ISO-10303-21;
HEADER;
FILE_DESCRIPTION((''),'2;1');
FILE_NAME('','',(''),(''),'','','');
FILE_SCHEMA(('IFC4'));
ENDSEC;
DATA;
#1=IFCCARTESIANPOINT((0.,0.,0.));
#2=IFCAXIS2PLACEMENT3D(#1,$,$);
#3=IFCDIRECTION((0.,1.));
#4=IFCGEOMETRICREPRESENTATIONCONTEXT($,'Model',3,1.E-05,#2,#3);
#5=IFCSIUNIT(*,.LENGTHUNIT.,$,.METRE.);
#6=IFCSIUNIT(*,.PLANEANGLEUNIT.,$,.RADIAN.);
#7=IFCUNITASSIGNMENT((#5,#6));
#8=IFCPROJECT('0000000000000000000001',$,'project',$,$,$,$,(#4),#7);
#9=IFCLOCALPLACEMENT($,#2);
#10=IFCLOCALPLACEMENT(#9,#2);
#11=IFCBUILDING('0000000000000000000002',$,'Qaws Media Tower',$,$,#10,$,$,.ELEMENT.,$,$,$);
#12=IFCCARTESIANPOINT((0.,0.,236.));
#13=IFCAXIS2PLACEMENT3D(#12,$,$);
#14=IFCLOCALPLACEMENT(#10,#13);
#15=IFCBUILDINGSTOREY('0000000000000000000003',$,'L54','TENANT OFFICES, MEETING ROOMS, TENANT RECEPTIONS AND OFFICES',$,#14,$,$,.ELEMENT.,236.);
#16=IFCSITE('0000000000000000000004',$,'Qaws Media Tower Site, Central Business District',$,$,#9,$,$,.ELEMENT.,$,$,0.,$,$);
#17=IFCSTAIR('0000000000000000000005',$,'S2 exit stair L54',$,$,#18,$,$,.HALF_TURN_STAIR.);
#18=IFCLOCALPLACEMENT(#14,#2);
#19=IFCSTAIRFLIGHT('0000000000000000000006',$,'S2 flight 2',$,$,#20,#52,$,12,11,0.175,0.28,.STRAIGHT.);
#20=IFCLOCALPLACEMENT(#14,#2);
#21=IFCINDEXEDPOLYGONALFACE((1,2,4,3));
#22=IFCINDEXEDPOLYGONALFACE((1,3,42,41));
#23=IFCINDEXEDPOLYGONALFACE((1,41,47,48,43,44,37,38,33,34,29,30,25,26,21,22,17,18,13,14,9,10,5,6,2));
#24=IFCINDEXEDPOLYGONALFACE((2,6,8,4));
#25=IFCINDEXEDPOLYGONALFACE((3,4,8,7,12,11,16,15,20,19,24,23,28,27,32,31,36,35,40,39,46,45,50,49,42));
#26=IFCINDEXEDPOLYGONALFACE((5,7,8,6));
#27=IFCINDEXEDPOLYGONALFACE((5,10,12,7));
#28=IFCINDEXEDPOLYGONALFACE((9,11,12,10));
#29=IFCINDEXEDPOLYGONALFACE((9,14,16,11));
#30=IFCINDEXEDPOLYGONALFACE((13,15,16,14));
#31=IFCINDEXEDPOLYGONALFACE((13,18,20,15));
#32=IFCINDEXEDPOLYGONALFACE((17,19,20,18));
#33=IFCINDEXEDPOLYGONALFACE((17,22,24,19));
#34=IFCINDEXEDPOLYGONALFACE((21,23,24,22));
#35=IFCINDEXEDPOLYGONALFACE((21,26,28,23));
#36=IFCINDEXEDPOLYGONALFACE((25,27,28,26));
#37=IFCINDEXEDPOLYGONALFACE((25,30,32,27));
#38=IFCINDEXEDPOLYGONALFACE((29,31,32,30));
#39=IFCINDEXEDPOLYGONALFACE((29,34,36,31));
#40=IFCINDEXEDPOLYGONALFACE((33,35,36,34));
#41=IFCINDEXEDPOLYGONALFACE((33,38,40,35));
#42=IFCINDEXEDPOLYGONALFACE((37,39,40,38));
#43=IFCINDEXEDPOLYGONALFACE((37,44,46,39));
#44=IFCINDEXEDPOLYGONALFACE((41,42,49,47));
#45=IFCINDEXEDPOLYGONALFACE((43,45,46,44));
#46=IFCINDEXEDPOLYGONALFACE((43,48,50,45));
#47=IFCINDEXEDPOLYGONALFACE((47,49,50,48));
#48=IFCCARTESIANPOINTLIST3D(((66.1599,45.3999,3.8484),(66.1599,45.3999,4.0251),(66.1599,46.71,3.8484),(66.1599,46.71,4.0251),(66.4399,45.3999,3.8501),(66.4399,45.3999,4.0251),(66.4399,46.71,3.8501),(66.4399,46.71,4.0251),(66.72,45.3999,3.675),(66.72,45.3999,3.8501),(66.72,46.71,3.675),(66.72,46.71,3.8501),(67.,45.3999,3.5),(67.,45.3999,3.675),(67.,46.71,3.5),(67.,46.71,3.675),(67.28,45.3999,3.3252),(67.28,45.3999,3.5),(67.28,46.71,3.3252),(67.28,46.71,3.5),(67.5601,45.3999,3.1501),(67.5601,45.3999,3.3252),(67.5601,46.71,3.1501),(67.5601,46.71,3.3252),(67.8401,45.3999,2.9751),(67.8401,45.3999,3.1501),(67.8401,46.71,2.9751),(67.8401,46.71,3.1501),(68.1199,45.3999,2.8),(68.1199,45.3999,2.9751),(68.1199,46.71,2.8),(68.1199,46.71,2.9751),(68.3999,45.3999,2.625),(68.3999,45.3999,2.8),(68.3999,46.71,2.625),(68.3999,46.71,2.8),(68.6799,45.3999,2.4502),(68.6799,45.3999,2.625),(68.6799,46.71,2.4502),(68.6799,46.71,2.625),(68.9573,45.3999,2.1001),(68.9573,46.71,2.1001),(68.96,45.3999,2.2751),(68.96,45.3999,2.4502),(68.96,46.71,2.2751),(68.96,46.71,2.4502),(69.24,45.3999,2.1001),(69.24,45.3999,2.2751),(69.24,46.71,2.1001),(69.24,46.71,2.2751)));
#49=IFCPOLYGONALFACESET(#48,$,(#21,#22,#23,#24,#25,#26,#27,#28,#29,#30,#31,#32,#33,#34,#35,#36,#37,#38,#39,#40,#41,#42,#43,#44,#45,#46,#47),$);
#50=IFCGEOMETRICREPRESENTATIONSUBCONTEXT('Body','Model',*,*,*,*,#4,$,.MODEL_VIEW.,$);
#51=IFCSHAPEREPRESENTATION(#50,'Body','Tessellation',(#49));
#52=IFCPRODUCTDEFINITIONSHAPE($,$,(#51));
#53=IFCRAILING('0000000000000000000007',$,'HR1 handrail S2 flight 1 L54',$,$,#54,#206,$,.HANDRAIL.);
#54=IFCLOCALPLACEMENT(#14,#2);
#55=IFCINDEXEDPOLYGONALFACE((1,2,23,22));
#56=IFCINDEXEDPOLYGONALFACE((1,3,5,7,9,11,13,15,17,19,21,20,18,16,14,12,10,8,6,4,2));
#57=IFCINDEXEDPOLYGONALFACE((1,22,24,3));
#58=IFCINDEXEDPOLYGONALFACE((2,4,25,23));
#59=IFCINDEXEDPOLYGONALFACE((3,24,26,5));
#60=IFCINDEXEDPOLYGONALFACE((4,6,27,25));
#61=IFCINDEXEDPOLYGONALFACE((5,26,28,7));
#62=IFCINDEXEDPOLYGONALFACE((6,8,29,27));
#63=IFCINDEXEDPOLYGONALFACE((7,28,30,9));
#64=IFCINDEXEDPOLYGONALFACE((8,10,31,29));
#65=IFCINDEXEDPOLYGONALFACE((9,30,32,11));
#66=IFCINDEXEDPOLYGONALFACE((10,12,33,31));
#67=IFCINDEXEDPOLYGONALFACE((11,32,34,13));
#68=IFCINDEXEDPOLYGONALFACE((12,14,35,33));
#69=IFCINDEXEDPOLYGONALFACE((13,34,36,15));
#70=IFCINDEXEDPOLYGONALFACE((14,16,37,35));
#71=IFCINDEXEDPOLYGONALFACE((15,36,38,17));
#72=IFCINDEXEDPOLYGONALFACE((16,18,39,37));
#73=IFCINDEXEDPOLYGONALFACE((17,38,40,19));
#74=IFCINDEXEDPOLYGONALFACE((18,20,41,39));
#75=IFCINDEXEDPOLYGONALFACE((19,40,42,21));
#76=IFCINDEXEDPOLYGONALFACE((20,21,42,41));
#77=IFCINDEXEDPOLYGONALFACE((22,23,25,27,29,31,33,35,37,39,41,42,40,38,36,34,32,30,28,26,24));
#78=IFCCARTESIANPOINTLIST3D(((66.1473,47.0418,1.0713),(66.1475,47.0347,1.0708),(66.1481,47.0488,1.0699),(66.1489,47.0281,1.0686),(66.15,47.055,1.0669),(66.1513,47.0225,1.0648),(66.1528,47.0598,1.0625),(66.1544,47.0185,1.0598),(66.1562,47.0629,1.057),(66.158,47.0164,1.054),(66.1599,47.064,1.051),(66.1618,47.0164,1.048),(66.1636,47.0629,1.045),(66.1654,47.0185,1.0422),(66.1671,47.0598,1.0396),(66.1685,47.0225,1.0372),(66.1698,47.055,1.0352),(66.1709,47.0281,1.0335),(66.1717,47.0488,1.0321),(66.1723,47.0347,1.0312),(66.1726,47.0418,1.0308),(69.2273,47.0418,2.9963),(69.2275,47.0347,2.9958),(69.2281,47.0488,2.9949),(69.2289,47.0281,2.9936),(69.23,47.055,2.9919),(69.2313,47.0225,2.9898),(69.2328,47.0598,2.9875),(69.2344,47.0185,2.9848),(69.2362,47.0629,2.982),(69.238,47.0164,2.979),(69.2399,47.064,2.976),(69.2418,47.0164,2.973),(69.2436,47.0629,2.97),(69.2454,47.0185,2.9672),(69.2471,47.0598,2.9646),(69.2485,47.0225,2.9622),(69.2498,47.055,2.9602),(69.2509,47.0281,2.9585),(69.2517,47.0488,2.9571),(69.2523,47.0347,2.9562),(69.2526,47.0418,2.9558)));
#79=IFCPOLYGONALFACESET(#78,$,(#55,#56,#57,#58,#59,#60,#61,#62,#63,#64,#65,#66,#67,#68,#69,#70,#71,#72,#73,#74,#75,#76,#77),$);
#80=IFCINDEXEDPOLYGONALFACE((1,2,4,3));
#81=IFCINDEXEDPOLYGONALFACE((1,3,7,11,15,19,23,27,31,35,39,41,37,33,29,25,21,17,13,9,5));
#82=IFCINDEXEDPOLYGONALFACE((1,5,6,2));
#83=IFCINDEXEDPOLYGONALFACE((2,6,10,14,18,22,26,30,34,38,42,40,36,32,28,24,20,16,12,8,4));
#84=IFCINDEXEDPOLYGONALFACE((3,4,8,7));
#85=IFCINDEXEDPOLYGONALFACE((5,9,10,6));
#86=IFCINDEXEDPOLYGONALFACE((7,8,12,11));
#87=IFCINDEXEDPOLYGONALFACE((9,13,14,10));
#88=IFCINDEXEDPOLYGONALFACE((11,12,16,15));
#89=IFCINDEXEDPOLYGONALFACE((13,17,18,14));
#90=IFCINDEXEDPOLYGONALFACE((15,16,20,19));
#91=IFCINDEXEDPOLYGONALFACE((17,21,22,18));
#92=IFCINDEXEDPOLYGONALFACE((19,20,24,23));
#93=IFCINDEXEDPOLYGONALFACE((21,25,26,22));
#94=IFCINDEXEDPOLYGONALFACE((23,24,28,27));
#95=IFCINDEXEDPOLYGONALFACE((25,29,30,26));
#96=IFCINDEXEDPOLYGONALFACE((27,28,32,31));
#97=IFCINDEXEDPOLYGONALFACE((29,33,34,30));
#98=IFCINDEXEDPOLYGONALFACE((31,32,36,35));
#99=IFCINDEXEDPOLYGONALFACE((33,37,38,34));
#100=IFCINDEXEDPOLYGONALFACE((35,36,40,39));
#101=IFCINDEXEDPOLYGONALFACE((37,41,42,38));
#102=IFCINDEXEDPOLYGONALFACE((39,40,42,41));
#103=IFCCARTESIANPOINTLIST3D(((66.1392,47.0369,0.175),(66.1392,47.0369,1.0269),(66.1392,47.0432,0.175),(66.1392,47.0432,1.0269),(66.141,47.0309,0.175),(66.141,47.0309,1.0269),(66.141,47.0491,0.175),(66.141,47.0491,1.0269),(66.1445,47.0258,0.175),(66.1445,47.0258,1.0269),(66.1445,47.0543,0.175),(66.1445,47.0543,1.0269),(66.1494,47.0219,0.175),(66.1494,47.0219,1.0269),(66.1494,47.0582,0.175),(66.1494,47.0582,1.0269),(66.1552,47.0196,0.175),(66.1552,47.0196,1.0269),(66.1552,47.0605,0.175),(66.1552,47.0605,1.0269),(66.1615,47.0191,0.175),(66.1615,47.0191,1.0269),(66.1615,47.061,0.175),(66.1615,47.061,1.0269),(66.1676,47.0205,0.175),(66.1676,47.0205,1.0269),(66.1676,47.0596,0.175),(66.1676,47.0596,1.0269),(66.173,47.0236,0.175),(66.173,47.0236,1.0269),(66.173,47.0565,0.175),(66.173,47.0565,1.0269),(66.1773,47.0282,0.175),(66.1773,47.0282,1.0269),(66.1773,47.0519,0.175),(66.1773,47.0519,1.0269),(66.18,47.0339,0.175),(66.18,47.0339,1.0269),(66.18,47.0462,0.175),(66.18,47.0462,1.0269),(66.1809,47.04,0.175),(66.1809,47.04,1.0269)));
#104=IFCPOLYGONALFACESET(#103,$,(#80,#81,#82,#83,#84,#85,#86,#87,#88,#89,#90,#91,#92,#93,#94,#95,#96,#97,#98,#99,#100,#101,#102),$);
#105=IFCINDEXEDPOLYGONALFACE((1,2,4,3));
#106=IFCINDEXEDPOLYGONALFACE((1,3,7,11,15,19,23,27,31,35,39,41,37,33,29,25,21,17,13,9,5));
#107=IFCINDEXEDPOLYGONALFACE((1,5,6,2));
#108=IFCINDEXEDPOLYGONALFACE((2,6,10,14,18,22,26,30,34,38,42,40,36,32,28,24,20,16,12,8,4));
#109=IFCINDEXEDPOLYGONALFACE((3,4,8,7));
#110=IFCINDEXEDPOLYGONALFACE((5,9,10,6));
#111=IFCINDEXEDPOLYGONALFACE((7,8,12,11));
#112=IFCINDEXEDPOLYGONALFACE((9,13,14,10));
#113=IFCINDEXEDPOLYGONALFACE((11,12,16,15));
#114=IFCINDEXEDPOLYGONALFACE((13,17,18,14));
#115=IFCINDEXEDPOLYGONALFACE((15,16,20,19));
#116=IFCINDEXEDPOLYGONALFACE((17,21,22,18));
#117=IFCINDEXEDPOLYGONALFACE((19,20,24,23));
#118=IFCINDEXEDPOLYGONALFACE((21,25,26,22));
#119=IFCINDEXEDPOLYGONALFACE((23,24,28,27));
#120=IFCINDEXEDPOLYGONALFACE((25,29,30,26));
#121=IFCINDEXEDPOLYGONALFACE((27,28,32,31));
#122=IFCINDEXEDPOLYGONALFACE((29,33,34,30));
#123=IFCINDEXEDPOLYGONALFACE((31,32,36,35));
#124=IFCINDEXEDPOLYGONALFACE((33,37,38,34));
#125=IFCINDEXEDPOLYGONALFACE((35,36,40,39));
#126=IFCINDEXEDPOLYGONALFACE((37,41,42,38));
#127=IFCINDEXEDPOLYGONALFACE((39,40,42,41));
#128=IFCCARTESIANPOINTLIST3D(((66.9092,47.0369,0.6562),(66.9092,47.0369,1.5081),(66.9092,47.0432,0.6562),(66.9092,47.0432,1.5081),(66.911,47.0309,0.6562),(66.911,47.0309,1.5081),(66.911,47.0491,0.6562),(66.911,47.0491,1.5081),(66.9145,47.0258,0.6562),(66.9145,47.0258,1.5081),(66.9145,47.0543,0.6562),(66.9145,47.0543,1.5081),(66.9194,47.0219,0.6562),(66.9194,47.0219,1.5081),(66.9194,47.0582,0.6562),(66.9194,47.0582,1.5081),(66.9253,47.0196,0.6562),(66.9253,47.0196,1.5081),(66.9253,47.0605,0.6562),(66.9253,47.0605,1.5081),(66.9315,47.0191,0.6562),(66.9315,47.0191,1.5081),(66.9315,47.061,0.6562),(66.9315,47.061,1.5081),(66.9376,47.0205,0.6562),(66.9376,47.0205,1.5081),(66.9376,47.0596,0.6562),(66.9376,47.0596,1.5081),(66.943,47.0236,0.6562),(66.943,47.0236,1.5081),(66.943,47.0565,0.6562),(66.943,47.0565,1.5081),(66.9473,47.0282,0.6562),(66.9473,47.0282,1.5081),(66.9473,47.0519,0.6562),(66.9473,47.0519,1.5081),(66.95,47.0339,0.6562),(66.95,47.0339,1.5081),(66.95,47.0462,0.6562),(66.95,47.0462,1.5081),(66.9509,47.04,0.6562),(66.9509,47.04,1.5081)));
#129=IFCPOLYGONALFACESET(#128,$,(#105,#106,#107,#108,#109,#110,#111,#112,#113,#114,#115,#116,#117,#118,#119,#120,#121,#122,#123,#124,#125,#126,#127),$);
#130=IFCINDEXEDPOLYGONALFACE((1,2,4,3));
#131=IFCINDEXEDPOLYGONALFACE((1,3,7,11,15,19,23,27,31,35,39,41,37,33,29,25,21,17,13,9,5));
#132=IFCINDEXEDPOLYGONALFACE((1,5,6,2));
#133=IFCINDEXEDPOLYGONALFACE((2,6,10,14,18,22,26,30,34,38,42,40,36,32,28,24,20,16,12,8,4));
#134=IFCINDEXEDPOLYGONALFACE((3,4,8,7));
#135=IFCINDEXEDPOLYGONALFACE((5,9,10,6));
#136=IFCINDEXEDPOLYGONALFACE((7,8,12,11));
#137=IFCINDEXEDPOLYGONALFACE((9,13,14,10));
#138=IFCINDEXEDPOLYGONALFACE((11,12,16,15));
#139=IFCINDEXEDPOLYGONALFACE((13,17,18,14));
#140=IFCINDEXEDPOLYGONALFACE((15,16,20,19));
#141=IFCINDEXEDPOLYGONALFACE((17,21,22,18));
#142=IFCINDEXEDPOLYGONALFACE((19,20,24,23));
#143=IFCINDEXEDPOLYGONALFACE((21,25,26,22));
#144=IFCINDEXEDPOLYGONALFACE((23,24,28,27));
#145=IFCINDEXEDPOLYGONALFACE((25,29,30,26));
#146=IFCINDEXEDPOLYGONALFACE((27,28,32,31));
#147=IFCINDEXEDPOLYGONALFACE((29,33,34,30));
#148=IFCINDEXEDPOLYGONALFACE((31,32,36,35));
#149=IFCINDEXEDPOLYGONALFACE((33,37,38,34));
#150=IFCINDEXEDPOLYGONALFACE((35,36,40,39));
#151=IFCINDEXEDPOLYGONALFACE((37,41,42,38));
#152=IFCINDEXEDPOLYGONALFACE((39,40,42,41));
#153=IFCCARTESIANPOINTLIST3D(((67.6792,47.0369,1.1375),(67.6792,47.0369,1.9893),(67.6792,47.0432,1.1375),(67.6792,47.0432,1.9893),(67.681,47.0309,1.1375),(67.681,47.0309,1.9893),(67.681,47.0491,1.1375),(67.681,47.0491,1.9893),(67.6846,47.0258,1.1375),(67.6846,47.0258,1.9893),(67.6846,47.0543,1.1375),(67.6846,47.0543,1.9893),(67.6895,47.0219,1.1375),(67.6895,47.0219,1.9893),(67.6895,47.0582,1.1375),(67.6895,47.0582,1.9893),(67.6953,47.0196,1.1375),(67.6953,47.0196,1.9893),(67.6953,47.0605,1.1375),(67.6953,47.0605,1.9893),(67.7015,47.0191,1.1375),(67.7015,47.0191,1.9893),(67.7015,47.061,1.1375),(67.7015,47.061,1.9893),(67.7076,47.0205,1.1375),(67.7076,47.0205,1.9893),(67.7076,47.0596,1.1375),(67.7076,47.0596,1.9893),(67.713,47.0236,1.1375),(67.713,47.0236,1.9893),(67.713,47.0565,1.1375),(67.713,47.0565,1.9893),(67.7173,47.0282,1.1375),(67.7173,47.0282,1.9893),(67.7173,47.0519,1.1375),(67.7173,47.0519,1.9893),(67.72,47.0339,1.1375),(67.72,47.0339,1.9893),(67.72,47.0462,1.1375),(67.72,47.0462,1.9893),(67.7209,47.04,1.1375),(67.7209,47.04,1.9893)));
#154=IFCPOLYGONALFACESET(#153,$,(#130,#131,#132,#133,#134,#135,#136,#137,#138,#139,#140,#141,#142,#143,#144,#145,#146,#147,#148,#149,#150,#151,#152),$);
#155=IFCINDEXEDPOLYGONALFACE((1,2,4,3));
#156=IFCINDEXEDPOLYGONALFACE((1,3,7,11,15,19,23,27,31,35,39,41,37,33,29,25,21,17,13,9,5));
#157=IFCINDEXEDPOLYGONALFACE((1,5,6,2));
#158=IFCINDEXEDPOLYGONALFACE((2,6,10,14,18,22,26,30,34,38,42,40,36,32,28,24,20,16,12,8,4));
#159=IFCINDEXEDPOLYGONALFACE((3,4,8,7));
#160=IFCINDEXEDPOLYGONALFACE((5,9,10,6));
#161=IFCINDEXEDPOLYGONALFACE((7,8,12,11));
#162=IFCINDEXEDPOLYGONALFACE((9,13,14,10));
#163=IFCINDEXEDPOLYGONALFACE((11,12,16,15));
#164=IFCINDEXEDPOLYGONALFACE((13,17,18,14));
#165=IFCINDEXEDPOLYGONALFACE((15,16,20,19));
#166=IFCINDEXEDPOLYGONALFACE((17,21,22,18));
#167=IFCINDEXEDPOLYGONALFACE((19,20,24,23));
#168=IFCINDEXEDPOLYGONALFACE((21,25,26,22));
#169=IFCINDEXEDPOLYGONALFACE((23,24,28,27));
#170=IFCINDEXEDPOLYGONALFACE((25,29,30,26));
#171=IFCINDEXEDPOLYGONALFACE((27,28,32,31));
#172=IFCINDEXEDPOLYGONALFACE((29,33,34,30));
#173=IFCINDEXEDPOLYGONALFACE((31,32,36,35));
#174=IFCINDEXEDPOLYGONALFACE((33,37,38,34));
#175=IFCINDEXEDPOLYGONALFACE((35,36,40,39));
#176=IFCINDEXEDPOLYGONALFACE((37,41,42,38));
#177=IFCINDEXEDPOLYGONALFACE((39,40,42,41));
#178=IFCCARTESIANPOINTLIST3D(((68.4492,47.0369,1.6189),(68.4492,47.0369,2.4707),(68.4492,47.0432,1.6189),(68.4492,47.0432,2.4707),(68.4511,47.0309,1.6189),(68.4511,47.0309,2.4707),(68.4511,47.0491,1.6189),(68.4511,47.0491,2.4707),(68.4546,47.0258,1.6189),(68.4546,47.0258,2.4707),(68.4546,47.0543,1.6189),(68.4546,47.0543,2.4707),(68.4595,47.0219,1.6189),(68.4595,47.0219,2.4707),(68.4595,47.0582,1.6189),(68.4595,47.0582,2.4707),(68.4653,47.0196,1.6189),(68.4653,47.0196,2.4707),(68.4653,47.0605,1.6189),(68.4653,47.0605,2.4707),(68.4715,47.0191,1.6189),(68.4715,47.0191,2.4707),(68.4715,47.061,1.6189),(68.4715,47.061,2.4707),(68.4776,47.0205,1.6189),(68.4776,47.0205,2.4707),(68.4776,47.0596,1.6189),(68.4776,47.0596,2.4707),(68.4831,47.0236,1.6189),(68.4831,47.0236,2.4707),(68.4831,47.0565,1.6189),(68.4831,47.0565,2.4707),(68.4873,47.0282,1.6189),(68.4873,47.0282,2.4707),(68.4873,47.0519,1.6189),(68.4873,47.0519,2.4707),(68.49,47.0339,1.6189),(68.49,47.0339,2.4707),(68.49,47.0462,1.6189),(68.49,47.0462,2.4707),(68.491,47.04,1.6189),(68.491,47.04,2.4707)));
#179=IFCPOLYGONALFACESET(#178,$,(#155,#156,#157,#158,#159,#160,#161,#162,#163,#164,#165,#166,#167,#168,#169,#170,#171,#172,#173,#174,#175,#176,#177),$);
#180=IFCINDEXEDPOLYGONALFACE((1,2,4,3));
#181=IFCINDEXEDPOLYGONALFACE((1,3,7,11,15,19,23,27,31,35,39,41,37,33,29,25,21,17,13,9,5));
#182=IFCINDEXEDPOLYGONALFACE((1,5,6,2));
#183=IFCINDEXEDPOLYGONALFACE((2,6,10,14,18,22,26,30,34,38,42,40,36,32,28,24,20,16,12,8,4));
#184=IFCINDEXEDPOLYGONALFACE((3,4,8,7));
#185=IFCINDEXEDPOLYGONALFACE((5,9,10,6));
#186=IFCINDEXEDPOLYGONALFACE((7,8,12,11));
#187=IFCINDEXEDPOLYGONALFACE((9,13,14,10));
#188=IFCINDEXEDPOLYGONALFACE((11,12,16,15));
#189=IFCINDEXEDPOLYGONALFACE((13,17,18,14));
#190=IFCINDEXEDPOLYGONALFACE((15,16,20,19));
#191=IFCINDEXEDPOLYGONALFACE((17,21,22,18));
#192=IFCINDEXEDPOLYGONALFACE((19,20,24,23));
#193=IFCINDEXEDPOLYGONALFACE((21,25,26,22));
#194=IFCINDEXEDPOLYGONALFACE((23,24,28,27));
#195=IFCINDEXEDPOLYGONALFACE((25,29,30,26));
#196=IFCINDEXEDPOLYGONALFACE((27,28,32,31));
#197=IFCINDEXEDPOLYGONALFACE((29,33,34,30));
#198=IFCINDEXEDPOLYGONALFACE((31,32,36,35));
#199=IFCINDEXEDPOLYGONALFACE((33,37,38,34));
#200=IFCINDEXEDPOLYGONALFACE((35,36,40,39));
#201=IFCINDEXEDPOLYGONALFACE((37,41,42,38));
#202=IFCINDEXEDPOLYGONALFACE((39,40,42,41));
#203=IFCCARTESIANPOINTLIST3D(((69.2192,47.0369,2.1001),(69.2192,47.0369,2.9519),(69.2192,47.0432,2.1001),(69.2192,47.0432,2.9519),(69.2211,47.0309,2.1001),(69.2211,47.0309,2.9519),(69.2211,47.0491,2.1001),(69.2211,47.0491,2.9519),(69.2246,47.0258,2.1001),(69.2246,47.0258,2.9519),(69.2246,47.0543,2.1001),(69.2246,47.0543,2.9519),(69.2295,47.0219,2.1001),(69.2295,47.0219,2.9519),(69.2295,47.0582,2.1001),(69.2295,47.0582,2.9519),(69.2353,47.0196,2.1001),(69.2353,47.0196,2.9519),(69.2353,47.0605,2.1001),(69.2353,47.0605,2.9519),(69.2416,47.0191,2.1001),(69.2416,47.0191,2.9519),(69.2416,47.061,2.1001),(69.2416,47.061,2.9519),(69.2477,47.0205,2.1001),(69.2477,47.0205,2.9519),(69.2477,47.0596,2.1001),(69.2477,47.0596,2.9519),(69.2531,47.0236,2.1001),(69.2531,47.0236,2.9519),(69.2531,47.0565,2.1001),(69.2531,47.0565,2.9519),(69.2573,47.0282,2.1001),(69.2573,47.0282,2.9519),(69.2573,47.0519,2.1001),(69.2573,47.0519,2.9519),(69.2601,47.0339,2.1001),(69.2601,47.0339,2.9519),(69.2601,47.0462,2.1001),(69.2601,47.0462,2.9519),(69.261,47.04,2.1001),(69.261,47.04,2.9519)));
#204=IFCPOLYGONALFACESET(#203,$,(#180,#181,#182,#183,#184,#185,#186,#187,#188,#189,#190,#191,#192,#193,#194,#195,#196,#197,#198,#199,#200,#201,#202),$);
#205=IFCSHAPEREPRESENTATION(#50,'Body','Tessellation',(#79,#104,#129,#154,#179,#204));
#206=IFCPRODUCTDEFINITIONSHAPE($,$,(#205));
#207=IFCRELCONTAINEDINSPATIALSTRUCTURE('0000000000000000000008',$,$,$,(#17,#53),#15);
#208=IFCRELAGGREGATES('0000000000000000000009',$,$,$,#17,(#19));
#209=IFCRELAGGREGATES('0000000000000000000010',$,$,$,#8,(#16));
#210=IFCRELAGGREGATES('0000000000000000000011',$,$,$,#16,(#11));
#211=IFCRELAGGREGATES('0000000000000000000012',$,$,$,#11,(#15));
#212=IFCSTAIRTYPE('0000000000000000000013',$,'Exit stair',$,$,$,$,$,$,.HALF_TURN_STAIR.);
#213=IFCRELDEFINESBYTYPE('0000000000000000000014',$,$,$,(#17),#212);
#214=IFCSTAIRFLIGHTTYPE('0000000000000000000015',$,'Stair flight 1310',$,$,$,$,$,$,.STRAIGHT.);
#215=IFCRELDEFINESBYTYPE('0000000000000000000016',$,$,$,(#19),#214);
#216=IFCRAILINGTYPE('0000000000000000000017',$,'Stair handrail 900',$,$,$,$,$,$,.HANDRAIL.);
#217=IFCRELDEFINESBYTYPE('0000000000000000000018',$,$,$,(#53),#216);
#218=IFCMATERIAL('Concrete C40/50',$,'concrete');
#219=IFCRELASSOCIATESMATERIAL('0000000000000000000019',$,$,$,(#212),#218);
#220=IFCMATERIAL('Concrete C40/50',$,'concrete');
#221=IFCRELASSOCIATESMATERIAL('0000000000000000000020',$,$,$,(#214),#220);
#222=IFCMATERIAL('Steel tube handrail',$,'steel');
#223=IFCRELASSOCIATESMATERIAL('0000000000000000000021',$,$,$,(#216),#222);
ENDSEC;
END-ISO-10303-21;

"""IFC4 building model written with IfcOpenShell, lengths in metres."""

from ifc_helpers import new_model, si_unit, direction, frame, origin, origin_2d, place, context, subcontext, project, spatial, polyline, circle, outline, extrude, material, type_object, element, aggregate, save


model = new_model("IFC4")

# Units and contexts
model_context = context("Model", 3, precision=1e-05, world=origin(), true_north=direction((0.0, 1.0)))
body_context = subcontext(model_context, "Body", "Model", "MODEL_VIEW")
ifc_project = project(units=[si_unit("LENGTHUNIT", "METRE"), si_unit("PLANEANGLEUNIT", "RADIAN")], contexts=[model_context])

# Site, building, storey
site_placement = place(None, origin())
site = spatial("IfcSite", under=ifc_project, at=site_placement, Name="Qaws Media Tower Site, Central Business District", CompositionType="ELEMENT", RefElevation=0.0)
building_placement = place(site_placement, origin())
building = spatial("IfcBuilding", under=site, at=building_placement, Name="Qaws Media Tower", CompositionType="ELEMENT")
storey_placement = place(building_placement, frame((0.0, 0.0, 236.0)))
storey = spatial("IfcBuildingStorey", under=building, at=storey_placement, Name="L54", Description="TENANT OFFICES, MEETING ROOMS, TENANT RECEPTIONS AND OFFICES", CompositionType="ELEMENT", Elevation=236.0)

# Stair, stair flight
ifc_material_1 = material(Name="Concrete C40/50", Category="concrete")
stair_type = type_object("IfcStairType", Name="Exit stair", PredefinedType="HALF_TURN_STAIR", material=ifc_material_1)
stair_placement = place(storey_placement, origin())
stair = element("IfcStair", 1, at=stair_placement, inside=storey, type_object=stair_type, Name="S2 exit stair L54", PredefinedType="HALF_TURN_STAIR")
ifc_material_2 = material(Name="Concrete C40/50", Category="concrete")
stair_flight_type = type_object("IfcStairFlightType", Name="Stair flight 1310", PredefinedType="STRAIGHT", material=ifc_material_2)
stair_flight_1_placement = place(storey_placement, frame((69.24, 46.0549, 2.1001), z_axis=(0.0, 0.0, 1.0), x_axis=(-1.0, 0.0, 0.0)))
stair_flight_1 = element("IfcStairFlight", 2, at=stair_flight_1_placement, type_object=stair_flight_type, Name="S2 flight 2", NumberOfRisers=12, NumberOfTreads=11, PredefinedType="STRAIGHT", RiserHeight=0.175, TreadLength=0.28, context=body_context, shape_type="SweptSolid", body=[
    extrude(outline(polyline([(0.0, 0.0), (0.0, 0.175), (0.28, 0.175), (0.28, 0.3501), (0.5601, 0.3501), (0.5601, 0.5249), (0.8401, 0.5249), (0.8401, 0.7), (1.1201, 0.7), (1.1201, 0.875), (1.3999, 0.875), (1.3999, 1.05), (1.6799, 1.05), (1.6799, 1.2251), (1.96, 1.2251), (1.96, 1.3999), (2.24, 1.3999), (2.24, 1.575), (2.52, 1.575), (2.52, 1.75), (2.8, 1.75), (2.8, 1.925), (3.0801, 1.925), (3.0801, 2.1001), (3.0801, 1.7483), (0.2827, 0.0), (0.0, 0.0)])), frame((0.0, 0.655, 0.0), z_axis=(0.0, -1.0, 0.0), x_axis=(1.0, 0.0, 0.0)), (0.0, 0.0, 1.0), 1.3101),
])
aggregate(stair, [stair_flight_1])

# Railing
ifc_material_3 = material(Name="Steel tube handrail", Category="steel")
railing_type = type_object("IfcRailingType", Name="Stair handrail 900", PredefinedType="HANDRAIL", material=ifc_material_3)
railing_placement = place(storey_placement, frame((66.1599, 47.04, 0.175)))
element("IfcRailing", 3, at=railing_placement, inside=storey, type_object=railing_type, Name="HR1 handrail S2 flight 1 L54", PredefinedType="HANDRAIL", context=body_context, shape_type="SweptSolid", body=[
    extrude(circle(Radius=0.0239, at=origin_2d()), frame((0.0, 0.0, 0.876), z_axis=(0.847998, 0.0, 0.529999), x_axis=(0.0, 1.0, 0.0)), (0.0, 0.0, 1.0), 3.6321),
    extrude(circle(Radius=0.021, at=origin_2d()), origin(), (0.0, 0.0, 1.0), 0.8518),
    extrude(circle(Radius=0.021, at=origin_2d()), frame((0.77, 0.0, 0.4812)), (0.0, 0.0, 1.0), 0.8518),
    extrude(circle(Radius=0.021, at=origin_2d()), frame((1.54, 0.0, 0.9624)), (0.0, 0.0, 1.0), 0.8518),
    extrude(circle(Radius=0.021, at=origin_2d()), frame((2.3101, 0.0, 1.4438)), (0.0, 0.0, 1.0), 0.8518),
    extrude(circle(Radius=0.021, at=origin_2d()), frame((3.0801, 0.0, 1.925)), (0.0, 0.0, 1.0), 0.8518),
])

save(model, "model.ifc")
